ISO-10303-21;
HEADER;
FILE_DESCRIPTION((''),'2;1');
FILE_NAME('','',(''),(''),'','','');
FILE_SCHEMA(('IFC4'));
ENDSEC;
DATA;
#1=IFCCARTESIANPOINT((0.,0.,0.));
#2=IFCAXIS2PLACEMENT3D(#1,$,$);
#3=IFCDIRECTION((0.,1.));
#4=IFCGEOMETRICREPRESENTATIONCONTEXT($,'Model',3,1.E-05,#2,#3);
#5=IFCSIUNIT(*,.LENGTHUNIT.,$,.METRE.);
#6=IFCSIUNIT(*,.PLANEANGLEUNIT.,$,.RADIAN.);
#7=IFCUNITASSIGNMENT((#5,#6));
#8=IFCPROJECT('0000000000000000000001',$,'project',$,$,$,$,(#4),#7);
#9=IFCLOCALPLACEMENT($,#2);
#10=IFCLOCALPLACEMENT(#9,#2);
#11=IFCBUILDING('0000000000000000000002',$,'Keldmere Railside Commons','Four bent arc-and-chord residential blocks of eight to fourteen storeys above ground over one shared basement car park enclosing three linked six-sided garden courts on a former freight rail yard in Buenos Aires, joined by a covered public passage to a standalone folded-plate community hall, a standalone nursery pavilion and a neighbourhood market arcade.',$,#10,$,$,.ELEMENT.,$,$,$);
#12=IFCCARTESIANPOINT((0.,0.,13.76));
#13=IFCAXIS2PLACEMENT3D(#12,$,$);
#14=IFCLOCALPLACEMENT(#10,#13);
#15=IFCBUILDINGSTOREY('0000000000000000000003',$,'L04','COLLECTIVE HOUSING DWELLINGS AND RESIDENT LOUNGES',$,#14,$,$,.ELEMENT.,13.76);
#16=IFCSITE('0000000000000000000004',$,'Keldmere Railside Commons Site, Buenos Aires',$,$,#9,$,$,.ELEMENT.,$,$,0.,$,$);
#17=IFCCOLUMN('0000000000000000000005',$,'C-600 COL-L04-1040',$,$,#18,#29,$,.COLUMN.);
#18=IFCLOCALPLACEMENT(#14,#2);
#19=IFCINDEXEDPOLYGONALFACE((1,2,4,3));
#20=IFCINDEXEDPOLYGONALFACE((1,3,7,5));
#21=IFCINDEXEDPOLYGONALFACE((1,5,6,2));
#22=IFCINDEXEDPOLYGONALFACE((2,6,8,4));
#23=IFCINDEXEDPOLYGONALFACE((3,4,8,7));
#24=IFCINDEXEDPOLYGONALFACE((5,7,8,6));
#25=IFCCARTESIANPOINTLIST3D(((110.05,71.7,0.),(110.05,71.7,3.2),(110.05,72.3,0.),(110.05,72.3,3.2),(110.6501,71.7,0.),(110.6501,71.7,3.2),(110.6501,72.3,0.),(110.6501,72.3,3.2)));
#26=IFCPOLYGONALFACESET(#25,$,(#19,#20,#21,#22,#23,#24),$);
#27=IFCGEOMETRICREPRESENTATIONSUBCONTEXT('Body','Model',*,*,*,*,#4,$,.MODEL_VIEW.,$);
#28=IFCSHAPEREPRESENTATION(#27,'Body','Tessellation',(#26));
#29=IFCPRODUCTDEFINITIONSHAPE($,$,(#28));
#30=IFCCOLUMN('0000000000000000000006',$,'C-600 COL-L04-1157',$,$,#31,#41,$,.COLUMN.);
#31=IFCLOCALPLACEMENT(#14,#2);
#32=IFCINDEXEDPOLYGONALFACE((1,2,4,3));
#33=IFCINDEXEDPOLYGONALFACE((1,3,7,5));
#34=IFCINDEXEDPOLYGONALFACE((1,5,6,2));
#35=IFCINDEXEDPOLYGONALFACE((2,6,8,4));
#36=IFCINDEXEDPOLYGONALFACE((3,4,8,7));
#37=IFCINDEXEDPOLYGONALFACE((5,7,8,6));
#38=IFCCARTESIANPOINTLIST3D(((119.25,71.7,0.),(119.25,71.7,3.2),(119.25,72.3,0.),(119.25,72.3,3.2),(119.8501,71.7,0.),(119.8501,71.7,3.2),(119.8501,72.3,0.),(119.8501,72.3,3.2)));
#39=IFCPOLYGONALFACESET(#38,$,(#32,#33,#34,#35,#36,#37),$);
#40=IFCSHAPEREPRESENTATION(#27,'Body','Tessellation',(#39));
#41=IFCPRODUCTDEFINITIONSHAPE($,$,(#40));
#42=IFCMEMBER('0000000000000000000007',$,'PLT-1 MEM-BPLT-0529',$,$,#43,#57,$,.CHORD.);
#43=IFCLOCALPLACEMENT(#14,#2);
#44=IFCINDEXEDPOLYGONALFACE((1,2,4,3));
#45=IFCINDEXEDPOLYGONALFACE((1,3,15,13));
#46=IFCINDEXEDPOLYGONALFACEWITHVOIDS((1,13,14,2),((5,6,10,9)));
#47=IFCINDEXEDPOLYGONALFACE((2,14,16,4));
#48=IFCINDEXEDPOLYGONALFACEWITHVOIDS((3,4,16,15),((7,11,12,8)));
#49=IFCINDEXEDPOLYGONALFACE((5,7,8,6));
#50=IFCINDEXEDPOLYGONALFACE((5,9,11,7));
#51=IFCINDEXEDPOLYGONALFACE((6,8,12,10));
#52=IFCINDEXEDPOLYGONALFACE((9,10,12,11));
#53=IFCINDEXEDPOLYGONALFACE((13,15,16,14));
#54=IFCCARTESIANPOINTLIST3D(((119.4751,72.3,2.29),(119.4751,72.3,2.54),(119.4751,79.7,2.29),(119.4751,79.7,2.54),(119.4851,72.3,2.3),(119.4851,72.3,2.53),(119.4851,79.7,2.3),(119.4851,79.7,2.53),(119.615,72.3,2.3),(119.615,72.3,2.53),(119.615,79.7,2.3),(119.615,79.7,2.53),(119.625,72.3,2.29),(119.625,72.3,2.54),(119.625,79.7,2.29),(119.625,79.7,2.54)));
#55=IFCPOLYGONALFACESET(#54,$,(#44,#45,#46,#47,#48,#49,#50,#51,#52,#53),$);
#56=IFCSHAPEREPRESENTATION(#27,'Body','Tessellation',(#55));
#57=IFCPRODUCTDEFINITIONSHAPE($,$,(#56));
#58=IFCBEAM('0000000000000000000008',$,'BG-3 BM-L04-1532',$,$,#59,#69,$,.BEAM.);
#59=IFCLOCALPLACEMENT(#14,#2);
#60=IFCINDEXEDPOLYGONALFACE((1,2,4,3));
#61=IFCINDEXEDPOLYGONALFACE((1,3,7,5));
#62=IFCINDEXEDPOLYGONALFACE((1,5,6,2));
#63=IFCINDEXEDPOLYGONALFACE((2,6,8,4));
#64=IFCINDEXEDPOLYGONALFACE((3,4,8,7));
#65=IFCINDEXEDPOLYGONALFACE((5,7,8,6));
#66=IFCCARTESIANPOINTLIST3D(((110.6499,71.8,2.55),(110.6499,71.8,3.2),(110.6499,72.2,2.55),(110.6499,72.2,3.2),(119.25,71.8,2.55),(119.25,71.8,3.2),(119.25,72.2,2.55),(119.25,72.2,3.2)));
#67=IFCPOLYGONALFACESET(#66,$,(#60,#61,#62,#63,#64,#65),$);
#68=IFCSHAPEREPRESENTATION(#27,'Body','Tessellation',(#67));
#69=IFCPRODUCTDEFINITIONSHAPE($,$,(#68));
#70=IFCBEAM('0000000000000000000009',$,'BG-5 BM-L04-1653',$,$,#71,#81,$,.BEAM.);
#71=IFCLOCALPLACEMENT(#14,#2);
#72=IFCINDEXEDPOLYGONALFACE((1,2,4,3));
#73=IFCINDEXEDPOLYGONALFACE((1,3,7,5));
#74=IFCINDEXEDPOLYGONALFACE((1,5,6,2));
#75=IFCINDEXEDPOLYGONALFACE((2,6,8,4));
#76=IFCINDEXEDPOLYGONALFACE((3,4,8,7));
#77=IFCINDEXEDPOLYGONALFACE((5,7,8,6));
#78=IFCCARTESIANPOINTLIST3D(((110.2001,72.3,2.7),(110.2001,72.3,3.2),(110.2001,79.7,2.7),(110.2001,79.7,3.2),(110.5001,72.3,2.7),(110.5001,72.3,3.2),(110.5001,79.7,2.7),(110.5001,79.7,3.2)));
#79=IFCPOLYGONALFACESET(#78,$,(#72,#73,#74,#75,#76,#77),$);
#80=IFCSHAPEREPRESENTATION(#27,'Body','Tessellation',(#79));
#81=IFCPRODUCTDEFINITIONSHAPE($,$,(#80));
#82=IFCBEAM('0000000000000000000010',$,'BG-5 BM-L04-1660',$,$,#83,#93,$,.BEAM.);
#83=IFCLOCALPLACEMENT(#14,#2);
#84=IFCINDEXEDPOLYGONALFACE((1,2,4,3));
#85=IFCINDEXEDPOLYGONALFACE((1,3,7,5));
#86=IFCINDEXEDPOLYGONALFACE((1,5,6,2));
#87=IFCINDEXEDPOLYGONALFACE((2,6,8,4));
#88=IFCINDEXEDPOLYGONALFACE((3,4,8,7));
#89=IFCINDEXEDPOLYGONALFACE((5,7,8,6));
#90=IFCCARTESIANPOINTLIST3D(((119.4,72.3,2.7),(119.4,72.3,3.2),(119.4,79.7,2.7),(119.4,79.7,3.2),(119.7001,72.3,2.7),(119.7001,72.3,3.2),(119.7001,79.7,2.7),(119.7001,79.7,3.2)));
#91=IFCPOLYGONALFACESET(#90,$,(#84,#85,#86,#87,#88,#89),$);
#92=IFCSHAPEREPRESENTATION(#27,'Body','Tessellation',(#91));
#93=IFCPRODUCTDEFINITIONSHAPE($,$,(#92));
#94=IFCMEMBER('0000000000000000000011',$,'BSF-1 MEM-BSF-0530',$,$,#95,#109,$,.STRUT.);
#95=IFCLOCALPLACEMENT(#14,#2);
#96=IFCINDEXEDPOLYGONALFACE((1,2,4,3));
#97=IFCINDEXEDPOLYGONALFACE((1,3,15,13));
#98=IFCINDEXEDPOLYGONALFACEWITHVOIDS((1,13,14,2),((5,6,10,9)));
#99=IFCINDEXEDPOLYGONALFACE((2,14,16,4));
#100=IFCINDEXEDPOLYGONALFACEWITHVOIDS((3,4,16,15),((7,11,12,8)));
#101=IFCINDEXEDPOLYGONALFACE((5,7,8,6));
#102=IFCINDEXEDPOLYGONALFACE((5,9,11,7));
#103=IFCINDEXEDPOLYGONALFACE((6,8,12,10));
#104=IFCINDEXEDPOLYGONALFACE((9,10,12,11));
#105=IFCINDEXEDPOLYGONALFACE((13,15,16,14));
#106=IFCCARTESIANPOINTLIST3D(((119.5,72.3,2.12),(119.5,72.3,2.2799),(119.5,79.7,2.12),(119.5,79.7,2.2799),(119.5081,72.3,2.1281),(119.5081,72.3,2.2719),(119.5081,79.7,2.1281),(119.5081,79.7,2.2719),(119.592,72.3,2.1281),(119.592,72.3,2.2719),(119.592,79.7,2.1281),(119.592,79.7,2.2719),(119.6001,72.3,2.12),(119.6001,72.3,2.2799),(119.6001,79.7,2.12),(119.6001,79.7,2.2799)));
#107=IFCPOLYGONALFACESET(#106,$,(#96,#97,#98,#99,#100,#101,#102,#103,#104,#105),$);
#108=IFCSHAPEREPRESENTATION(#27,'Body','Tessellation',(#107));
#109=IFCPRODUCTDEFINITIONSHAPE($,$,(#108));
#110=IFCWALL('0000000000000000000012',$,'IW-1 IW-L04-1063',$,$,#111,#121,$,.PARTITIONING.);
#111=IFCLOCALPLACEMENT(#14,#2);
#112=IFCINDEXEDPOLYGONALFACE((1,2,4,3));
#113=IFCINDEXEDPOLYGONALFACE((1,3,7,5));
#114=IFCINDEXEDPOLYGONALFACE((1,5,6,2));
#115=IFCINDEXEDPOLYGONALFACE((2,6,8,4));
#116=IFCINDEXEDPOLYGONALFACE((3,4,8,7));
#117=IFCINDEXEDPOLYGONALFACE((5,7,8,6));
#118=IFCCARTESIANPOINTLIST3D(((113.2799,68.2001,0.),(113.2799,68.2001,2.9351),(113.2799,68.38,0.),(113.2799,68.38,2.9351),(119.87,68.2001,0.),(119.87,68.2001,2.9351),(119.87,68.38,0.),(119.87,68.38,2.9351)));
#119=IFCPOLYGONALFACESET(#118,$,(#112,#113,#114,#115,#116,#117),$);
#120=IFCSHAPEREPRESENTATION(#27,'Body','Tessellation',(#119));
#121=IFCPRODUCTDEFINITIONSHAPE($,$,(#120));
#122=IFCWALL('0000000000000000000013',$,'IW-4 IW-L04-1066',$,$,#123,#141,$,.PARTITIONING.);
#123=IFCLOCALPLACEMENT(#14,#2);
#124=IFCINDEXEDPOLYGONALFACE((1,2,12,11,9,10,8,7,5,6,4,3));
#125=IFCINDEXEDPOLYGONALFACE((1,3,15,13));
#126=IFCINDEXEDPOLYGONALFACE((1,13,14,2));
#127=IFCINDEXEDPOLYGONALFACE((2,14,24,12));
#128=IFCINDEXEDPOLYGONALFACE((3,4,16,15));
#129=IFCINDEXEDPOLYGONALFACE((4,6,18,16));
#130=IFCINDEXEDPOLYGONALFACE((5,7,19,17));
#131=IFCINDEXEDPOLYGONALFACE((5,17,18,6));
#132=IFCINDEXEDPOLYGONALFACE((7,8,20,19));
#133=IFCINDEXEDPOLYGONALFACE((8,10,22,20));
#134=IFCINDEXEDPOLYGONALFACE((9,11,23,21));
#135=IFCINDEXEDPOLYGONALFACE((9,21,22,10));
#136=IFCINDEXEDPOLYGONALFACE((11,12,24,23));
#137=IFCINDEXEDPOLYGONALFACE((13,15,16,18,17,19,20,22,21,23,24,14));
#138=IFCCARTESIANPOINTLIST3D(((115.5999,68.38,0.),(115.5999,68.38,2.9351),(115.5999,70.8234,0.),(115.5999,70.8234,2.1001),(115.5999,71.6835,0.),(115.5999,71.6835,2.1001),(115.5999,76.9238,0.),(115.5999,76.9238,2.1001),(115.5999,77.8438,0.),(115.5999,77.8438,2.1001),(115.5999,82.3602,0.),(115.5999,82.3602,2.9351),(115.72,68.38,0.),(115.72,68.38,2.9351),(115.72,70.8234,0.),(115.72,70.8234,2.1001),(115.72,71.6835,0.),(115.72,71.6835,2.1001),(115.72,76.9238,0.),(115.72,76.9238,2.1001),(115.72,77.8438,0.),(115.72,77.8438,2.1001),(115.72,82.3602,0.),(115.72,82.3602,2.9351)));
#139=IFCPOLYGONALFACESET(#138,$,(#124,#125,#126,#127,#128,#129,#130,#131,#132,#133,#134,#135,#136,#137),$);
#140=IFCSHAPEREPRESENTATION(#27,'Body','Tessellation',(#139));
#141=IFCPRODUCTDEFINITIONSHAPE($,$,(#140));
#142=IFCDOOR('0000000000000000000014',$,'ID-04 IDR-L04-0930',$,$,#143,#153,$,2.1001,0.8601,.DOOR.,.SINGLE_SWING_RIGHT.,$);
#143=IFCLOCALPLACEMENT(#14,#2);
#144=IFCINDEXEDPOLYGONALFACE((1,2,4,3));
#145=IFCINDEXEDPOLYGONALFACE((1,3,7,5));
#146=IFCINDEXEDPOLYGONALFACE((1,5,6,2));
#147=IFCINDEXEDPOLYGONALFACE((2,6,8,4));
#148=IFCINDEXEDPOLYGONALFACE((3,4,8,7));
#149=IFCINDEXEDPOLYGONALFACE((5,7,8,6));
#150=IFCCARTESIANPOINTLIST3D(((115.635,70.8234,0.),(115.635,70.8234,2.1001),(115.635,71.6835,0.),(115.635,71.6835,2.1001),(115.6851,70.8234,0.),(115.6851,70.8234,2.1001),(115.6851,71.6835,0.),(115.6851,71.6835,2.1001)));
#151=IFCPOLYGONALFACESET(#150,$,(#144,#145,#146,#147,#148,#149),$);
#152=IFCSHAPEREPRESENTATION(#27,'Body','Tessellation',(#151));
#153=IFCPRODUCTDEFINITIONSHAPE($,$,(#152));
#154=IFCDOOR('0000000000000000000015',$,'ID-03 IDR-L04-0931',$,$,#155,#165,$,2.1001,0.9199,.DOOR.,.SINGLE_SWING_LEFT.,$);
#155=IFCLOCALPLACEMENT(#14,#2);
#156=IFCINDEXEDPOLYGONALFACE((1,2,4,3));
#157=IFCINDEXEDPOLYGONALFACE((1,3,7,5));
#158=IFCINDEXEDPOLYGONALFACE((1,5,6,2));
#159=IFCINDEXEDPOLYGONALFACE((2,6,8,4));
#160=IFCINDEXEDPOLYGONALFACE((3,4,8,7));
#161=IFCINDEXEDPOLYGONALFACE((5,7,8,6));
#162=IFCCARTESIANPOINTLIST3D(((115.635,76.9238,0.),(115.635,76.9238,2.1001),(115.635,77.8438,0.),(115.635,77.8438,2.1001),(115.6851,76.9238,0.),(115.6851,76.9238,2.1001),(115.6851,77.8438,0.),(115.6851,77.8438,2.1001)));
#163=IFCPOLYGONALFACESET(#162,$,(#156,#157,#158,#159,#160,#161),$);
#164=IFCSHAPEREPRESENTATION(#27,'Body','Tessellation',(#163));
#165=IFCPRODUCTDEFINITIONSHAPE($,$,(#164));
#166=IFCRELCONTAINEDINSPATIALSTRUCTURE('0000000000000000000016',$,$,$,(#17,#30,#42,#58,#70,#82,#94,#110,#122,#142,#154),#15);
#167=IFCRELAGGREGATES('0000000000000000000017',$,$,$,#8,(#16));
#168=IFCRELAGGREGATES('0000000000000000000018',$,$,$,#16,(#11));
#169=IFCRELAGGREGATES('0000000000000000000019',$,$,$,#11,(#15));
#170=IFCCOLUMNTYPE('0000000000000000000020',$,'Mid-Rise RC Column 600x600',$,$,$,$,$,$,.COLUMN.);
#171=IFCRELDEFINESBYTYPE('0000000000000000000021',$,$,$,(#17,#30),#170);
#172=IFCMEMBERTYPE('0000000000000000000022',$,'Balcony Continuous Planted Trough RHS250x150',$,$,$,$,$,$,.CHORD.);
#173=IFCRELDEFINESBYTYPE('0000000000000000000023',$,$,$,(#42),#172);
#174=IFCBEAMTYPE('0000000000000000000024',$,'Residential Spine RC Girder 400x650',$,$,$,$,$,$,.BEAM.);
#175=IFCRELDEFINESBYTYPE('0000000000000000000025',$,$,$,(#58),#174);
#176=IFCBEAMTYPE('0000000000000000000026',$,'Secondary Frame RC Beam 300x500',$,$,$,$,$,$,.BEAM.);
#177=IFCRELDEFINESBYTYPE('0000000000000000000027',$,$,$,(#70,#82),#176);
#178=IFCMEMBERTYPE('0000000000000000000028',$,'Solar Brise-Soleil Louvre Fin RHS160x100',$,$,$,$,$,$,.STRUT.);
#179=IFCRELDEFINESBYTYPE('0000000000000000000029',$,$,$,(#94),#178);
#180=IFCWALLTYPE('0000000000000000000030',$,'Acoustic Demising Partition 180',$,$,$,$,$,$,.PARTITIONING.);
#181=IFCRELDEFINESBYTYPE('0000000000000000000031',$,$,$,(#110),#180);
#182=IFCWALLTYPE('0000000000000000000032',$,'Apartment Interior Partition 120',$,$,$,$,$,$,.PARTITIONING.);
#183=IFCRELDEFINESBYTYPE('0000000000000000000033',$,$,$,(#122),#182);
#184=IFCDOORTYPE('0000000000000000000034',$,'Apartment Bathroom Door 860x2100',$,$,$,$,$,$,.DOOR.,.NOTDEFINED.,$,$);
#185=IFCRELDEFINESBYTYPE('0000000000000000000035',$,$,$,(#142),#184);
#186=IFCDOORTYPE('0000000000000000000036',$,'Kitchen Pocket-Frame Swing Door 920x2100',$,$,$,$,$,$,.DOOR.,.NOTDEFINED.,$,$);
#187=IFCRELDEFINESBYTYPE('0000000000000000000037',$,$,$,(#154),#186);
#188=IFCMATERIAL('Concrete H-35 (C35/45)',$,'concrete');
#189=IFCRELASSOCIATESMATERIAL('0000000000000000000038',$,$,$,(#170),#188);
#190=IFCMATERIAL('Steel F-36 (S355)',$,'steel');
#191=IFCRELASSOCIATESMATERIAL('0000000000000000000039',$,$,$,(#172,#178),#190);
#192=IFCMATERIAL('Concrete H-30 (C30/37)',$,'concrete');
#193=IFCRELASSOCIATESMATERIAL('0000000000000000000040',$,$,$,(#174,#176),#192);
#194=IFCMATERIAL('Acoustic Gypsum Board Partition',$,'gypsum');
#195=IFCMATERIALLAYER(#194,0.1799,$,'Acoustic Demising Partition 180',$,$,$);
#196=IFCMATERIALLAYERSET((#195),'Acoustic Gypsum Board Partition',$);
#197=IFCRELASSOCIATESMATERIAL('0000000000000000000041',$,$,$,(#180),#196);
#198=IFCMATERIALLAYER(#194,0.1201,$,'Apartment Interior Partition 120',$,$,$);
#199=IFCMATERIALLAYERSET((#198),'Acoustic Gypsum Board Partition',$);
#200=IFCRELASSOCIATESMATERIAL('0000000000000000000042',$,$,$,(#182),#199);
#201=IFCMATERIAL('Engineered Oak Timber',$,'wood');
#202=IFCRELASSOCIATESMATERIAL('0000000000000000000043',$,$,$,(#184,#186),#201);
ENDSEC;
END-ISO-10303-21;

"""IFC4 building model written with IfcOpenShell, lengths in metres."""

from ifc_helpers import new_model, si_unit, direction, frame, frame_2d, origin, origin_2d, place, context, subcontext, project, spatial, rectangle, hollow_rectangle, extrude, material, layer, layer_set, material_profile, profile_set, type_object, element, fill, save


model = new_model("IFC4")

# Units and contexts
model_context = context("Model", 3, precision=1e-05, world=origin(), true_north=direction((0.0, 1.0)))
body_context = subcontext(model_context, "Body", "Model", "MODEL_VIEW")
ifc_project = project(units=[si_unit("LENGTHUNIT", "METRE"), si_unit("PLANEANGLEUNIT", "RADIAN")], contexts=[model_context])

# Site, building, storey
site_placement = place(None, origin())
site = spatial("IfcSite", under=ifc_project, at=site_placement, Name="Keldmere Railside Commons Site, Buenos Aires", CompositionType="ELEMENT", RefElevation=0.0)
building_placement = place(site_placement, origin())
building = spatial("IfcBuilding", under=site, at=building_placement, Name="Keldmere Railside Commons", Description="Four bent arc-and-chord residential blocks of eight to fourteen storeys above ground over one shared basement car park enclosing three linked six-sided garden courts on a former freight rail yard in Buenos Aires, joined by a covered public passage to a standalone folded-plate community hall, a standalone nursery pavilion and a neighbourhood market arcade.", CompositionType="ELEMENT")
storey_placement = place(building_placement, frame((0.0, 0.0, 13.76)))
storey = spatial("IfcBuildingStorey", under=building, at=storey_placement, Name="L04", Description="COLLECTIVE HOUSING DWELLINGS AND RESIDENT LOUNGES", CompositionType="ELEMENT", Elevation=13.76)

# Columns
ifc_material_1 = material(Name="Concrete H-35 (C35/45)", Category="concrete")
ifc_material_profile_1 = material_profile(ifc_material_1, rectangle(XDim=0.6001, YDim=0.6001, at=origin_2d()), Name="RC-600x600")
ifc_profile_set_1 = profile_set([ifc_material_profile_1], Name="Concrete H-35 (C35/45)")
column_type = type_object("IfcColumnType", Name="Mid-Rise RC Column 600x600", PredefinedType="COLUMN", material=ifc_profile_set_1)
for number, where, z_axis, x_axis, name in (
    (1, (110.3501, 72.0, 0.0), (0.0, 0.0, 1.0), (1.0, 0.0, 0.0), "C-600 COL-L04-1040"),
    (2, (119.55, 72.0, 0.0), (0.0, 0.0, 1.0), (1.0, 0.0, 0.0), "C-600 COL-L04-1157"),
):
    element("IfcColumn", number, at=place(storey_placement, frame(where, z_axis=z_axis, x_axis=x_axis)), inside=storey, type_object=column_type, Name=name, PredefinedType="COLUMN", context=body_context, shape_type="SweptSolid", body=[
        extrude(rectangle(XDim=0.6001, YDim=0.6001, at=origin_2d()), origin(), (0.0, 0.0, 1.0), 3.2),
    ])

# Member
ifc_material_2 = material(Name="Steel F-36 (S355)", Category="steel")
ifc_material_profile_2 = material_profile(ifc_material_2, hollow_rectangle(XDim=0.1499, YDim=0.25, WallThickness=0.01, at=origin_2d()), Name="RHS-250x150x10")
ifc_profile_set_2 = profile_set([ifc_material_profile_2], Name="Steel F-36 (S355)")
member_type_1 = type_object("IfcMemberType", Name="Balcony Continuous Planted Trough RHS250x150", PredefinedType="CHORD", material=ifc_profile_set_2)
member_1_placement = place(storey_placement, frame((119.55, 72.3, 2.415), z_axis=(0.0, 1.0, 0.0), x_axis=(-1.0, 0.0, 0.0)))
element("IfcMember", 3, at=member_1_placement, inside=storey, type_object=member_type_1, Name="PLT-1 MEM-BPLT-0529", PredefinedType="CHORD", context=body_context, shape_type="SweptSolid", body=[
    extrude(hollow_rectangle(XDim=0.1499, YDim=0.25, WallThickness=0.01, at=origin_2d()), origin(), (0.0, 0.0, 1.0), 7.3999),
])

# Beams
ifc_material_3 = material(Name="Concrete H-30 (C30/37)", Category="concrete")
ifc_material_profile_3 = material_profile(ifc_material_3, rectangle(XDim=0.3999, YDim=0.6499, at=origin_2d()), Name="RC-400x650")
ifc_profile_set_3 = profile_set([ifc_material_profile_3], Name="Concrete H-30 (C30/37)")
beam_type_1 = type_object("IfcBeamType", Name="Residential Spine RC Girder 400x650", PredefinedType="BEAM", material=ifc_profile_set_3)
beam_placement = place(storey_placement, frame((110.6499, 72.0, 2.875), z_axis=(1.0, 0.0, 0.0), x_axis=(0.0, 1.0, 0.0)))
element("IfcBeam", 4, at=beam_placement, inside=storey, type_object=beam_type_1, Name="BG-3 BM-L04-1532", PredefinedType="BEAM", context=body_context, shape_type="SweptSolid", body=[
    extrude(rectangle(XDim=0.3999, YDim=0.6499, at=origin_2d()), origin(), (0.0, 0.0, 1.0), 8.6001),
])
ifc_material_profile_4 = material_profile(ifc_material_3, rectangle(XDim=0.3, YDim=0.5, at=origin_2d()), Name="RC-300x500")
ifc_profile_set_4 = profile_set([ifc_material_profile_4], Name="Concrete H-30 (C30/37)")
beam_type_2 = type_object("IfcBeamType", Name="Secondary Frame RC Beam 300x500", PredefinedType="BEAM", material=ifc_profile_set_4)
for number, where, z_axis, x_axis, name in (
    (5, (110.3501, 72.3, 2.95), (0.0, 1.0, 0.0), (-1.0, 0.0, 0.0), "BG-5 BM-L04-1653"),
    (6, (119.55, 72.3, 2.95), (0.0, 1.0, 0.0), (-1.0, 0.0, 0.0), "BG-5 BM-L04-1660"),
):
    element("IfcBeam", number, at=place(storey_placement, frame(where, z_axis=z_axis, x_axis=x_axis)), inside=storey, type_object=beam_type_2, Name=name, PredefinedType="BEAM", context=body_context, shape_type="SweptSolid", body=[
        extrude(rectangle(XDim=0.3, YDim=0.5, at=origin_2d()), origin(), (0.0, 0.0, 1.0), 7.3999),
    ])

# Member
ifc_material_profile_5 = material_profile(ifc_material_2, hollow_rectangle(XDim=0.1001, YDim=0.1599, WallThickness=0.0081, at=origin_2d()), Name="RHS-160x100x8")
ifc_profile_set_5 = profile_set([ifc_material_profile_5], Name="Steel F-36 (S355)")
member_type_2 = type_object("IfcMemberType", Name="Solar Brise-Soleil Louvre Fin RHS160x100", PredefinedType="STRUT", material=ifc_profile_set_5)
member_2_placement = place(storey_placement, frame((119.55, 72.3, 2.2), z_axis=(0.0, 1.0, 0.0), x_axis=(-1.0, 0.0, 0.0)))
element("IfcMember", 7, at=member_2_placement, inside=storey, type_object=member_type_2, Name="BSF-1 MEM-BSF-0530", PredefinedType="STRUT", context=body_context, shape_type="SweptSolid", body=[
    extrude(hollow_rectangle(XDim=0.1001, YDim=0.1599, WallThickness=0.0081, at=origin_2d()), origin(), (0.0, 0.0, 1.0), 7.3999),
])

# Wall
ifc_material_4 = material(Name="Acoustic Gypsum Board Partition", Category="gypsum")
ifc_layer_1 = layer(ifc_material_4, 0.1799, Name="Acoustic Demising Partition 180")
ifc_layer_set_1 = layer_set([ifc_layer_1], Name="Acoustic Gypsum Board Partition")
wall_type_1 = type_object("IfcWallType", Name="Acoustic Demising Partition 180", PredefinedType="PARTITIONING", material=ifc_layer_set_1)
wall_1_placement = place(storey_placement, frame((113.28, 68.29, 0.0), z_axis=(0.0, 0.0, 1.0), x_axis=(1.0, 0.0, 0.0)))
element("IfcWall", 8, at=wall_1_placement, inside=storey, type_object=wall_type_1, Name="IW-1 IW-L04-1063", PredefinedType="PARTITIONING", context=body_context, shape_type="SweptSolid", body=[
    extrude(rectangle(XDim=6.5901, YDim=0.1799, at=frame_2d((3.2949, 0.0))), origin(), (0.0, 0.0, 1.0), 2.9351),
])

# Wall, openings, doors
ifc_layer_2 = layer(ifc_material_4, 0.1201, Name="Apartment Interior Partition 120")
ifc_layer_set_2 = layer_set([ifc_layer_2], Name="Acoustic Gypsum Board Partition")
wall_type_2 = type_object("IfcWallType", Name="Apartment Interior Partition 120", PredefinedType="PARTITIONING", material=ifc_layer_set_2)
wall_2_placement = place(storey_placement, frame((115.6599, 68.3799, 0.0), z_axis=(0.0, 0.0, 1.0), x_axis=(0.0, 1.0, 0.0)))
wall_2 = element("IfcWall", 9, at=wall_2_placement, inside=storey, type_object=wall_type_2, Name="IW-4 IW-L04-1066", PredefinedType="PARTITIONING", context=body_context, shape_type="SweptSolid", body=[
    extrude(rectangle(XDim=13.9802, YDim=0.1201, at=frame_2d((6.9902, 0.0))), origin(), (0.0, 0.0, 1.0), 2.9351),
])
opening_1_placement = place(wall_2_placement, frame((2.4434, 0.0, 0.0)))
opening_1 = element("IfcOpeningElement", 10, at=opening_1_placement, cuts=wall_2, PredefinedType="OPENING", context=body_context, shape_type="SweptSolid", body=[
    extrude(rectangle(XDim=0.8601, YDim=2.1001, at=frame_2d((0.4302, 1.05))), frame((0.0, 0.0701, 0.0), z_axis=(0.0, -1.0, 0.0), x_axis=(1.0, 0.0, 0.0)), (0.0, 0.0, 1.0), 0.1401),
])
opening_2_placement = place(wall_2_placement, frame((8.5439, 0.0, 0.0)))
opening_2 = element("IfcOpeningElement", 11, at=opening_2_placement, cuts=wall_2, PredefinedType="OPENING", context=body_context, shape_type="SweptSolid", body=[
    extrude(rectangle(XDim=0.9199, YDim=2.1001, at=frame_2d((0.46, 1.05))), frame((0.0, 0.0701, 0.0), z_axis=(0.0, -1.0, 0.0), x_axis=(1.0, 0.0, 0.0)), (0.0, 0.0, 1.0), 0.1401),
])
ifc_material_5 = material(Name="Engineered Oak Timber", Category="wood")
door_type_1 = type_object("IfcDoorType", Name="Apartment Bathroom Door 860x2100", OperationType="NOTDEFINED", PredefinedType="DOOR", material=ifc_material_5)
door_1_placement = place(opening_1_placement, origin())
door_1 = element("IfcDoor", 12, at=door_1_placement, inside=storey, type_object=door_type_1, Name="ID-04 IDR-L04-0930", OperationType="SINGLE_SWING_RIGHT", OverallHeight=2.1001, OverallWidth=0.8601, PredefinedType="DOOR", context=body_context, shape_type="SweptSolid", body=[
    extrude(rectangle(XDim=0.8601, YDim=2.1001, at=frame_2d((0.4302, 1.05))), frame((0.0, 0.0249, 0.0), z_axis=(0.0, -1.0, 0.0), x_axis=(1.0, 0.0, 0.0)), (0.0, 0.0, 1.0), 0.05),
])
fill(opening_1, door_1)
door_type_2 = type_object("IfcDoorType", Name="Kitchen Pocket-Frame Swing Door 920x2100", OperationType="NOTDEFINED", PredefinedType="DOOR", material=ifc_material_5)
door_2_placement = place(opening_2_placement, origin())
door_2 = element("IfcDoor", 13, at=door_2_placement, inside=storey, type_object=door_type_2, Name="ID-03 IDR-L04-0931", OperationType="SINGLE_SWING_LEFT", OverallHeight=2.1001, OverallWidth=0.9199, PredefinedType="DOOR", context=body_context, shape_type="SweptSolid", body=[
    extrude(rectangle(XDim=0.9199, YDim=2.1001, at=frame_2d((0.46, 1.05))), frame((0.0, 0.0249, 0.0), z_axis=(0.0, -1.0, 0.0), x_axis=(1.0, 0.0, 0.0)), (0.0, 0.0, 1.0), 0.05),
])
fill(opening_2, door_2)

save(model, "model.ifc")
